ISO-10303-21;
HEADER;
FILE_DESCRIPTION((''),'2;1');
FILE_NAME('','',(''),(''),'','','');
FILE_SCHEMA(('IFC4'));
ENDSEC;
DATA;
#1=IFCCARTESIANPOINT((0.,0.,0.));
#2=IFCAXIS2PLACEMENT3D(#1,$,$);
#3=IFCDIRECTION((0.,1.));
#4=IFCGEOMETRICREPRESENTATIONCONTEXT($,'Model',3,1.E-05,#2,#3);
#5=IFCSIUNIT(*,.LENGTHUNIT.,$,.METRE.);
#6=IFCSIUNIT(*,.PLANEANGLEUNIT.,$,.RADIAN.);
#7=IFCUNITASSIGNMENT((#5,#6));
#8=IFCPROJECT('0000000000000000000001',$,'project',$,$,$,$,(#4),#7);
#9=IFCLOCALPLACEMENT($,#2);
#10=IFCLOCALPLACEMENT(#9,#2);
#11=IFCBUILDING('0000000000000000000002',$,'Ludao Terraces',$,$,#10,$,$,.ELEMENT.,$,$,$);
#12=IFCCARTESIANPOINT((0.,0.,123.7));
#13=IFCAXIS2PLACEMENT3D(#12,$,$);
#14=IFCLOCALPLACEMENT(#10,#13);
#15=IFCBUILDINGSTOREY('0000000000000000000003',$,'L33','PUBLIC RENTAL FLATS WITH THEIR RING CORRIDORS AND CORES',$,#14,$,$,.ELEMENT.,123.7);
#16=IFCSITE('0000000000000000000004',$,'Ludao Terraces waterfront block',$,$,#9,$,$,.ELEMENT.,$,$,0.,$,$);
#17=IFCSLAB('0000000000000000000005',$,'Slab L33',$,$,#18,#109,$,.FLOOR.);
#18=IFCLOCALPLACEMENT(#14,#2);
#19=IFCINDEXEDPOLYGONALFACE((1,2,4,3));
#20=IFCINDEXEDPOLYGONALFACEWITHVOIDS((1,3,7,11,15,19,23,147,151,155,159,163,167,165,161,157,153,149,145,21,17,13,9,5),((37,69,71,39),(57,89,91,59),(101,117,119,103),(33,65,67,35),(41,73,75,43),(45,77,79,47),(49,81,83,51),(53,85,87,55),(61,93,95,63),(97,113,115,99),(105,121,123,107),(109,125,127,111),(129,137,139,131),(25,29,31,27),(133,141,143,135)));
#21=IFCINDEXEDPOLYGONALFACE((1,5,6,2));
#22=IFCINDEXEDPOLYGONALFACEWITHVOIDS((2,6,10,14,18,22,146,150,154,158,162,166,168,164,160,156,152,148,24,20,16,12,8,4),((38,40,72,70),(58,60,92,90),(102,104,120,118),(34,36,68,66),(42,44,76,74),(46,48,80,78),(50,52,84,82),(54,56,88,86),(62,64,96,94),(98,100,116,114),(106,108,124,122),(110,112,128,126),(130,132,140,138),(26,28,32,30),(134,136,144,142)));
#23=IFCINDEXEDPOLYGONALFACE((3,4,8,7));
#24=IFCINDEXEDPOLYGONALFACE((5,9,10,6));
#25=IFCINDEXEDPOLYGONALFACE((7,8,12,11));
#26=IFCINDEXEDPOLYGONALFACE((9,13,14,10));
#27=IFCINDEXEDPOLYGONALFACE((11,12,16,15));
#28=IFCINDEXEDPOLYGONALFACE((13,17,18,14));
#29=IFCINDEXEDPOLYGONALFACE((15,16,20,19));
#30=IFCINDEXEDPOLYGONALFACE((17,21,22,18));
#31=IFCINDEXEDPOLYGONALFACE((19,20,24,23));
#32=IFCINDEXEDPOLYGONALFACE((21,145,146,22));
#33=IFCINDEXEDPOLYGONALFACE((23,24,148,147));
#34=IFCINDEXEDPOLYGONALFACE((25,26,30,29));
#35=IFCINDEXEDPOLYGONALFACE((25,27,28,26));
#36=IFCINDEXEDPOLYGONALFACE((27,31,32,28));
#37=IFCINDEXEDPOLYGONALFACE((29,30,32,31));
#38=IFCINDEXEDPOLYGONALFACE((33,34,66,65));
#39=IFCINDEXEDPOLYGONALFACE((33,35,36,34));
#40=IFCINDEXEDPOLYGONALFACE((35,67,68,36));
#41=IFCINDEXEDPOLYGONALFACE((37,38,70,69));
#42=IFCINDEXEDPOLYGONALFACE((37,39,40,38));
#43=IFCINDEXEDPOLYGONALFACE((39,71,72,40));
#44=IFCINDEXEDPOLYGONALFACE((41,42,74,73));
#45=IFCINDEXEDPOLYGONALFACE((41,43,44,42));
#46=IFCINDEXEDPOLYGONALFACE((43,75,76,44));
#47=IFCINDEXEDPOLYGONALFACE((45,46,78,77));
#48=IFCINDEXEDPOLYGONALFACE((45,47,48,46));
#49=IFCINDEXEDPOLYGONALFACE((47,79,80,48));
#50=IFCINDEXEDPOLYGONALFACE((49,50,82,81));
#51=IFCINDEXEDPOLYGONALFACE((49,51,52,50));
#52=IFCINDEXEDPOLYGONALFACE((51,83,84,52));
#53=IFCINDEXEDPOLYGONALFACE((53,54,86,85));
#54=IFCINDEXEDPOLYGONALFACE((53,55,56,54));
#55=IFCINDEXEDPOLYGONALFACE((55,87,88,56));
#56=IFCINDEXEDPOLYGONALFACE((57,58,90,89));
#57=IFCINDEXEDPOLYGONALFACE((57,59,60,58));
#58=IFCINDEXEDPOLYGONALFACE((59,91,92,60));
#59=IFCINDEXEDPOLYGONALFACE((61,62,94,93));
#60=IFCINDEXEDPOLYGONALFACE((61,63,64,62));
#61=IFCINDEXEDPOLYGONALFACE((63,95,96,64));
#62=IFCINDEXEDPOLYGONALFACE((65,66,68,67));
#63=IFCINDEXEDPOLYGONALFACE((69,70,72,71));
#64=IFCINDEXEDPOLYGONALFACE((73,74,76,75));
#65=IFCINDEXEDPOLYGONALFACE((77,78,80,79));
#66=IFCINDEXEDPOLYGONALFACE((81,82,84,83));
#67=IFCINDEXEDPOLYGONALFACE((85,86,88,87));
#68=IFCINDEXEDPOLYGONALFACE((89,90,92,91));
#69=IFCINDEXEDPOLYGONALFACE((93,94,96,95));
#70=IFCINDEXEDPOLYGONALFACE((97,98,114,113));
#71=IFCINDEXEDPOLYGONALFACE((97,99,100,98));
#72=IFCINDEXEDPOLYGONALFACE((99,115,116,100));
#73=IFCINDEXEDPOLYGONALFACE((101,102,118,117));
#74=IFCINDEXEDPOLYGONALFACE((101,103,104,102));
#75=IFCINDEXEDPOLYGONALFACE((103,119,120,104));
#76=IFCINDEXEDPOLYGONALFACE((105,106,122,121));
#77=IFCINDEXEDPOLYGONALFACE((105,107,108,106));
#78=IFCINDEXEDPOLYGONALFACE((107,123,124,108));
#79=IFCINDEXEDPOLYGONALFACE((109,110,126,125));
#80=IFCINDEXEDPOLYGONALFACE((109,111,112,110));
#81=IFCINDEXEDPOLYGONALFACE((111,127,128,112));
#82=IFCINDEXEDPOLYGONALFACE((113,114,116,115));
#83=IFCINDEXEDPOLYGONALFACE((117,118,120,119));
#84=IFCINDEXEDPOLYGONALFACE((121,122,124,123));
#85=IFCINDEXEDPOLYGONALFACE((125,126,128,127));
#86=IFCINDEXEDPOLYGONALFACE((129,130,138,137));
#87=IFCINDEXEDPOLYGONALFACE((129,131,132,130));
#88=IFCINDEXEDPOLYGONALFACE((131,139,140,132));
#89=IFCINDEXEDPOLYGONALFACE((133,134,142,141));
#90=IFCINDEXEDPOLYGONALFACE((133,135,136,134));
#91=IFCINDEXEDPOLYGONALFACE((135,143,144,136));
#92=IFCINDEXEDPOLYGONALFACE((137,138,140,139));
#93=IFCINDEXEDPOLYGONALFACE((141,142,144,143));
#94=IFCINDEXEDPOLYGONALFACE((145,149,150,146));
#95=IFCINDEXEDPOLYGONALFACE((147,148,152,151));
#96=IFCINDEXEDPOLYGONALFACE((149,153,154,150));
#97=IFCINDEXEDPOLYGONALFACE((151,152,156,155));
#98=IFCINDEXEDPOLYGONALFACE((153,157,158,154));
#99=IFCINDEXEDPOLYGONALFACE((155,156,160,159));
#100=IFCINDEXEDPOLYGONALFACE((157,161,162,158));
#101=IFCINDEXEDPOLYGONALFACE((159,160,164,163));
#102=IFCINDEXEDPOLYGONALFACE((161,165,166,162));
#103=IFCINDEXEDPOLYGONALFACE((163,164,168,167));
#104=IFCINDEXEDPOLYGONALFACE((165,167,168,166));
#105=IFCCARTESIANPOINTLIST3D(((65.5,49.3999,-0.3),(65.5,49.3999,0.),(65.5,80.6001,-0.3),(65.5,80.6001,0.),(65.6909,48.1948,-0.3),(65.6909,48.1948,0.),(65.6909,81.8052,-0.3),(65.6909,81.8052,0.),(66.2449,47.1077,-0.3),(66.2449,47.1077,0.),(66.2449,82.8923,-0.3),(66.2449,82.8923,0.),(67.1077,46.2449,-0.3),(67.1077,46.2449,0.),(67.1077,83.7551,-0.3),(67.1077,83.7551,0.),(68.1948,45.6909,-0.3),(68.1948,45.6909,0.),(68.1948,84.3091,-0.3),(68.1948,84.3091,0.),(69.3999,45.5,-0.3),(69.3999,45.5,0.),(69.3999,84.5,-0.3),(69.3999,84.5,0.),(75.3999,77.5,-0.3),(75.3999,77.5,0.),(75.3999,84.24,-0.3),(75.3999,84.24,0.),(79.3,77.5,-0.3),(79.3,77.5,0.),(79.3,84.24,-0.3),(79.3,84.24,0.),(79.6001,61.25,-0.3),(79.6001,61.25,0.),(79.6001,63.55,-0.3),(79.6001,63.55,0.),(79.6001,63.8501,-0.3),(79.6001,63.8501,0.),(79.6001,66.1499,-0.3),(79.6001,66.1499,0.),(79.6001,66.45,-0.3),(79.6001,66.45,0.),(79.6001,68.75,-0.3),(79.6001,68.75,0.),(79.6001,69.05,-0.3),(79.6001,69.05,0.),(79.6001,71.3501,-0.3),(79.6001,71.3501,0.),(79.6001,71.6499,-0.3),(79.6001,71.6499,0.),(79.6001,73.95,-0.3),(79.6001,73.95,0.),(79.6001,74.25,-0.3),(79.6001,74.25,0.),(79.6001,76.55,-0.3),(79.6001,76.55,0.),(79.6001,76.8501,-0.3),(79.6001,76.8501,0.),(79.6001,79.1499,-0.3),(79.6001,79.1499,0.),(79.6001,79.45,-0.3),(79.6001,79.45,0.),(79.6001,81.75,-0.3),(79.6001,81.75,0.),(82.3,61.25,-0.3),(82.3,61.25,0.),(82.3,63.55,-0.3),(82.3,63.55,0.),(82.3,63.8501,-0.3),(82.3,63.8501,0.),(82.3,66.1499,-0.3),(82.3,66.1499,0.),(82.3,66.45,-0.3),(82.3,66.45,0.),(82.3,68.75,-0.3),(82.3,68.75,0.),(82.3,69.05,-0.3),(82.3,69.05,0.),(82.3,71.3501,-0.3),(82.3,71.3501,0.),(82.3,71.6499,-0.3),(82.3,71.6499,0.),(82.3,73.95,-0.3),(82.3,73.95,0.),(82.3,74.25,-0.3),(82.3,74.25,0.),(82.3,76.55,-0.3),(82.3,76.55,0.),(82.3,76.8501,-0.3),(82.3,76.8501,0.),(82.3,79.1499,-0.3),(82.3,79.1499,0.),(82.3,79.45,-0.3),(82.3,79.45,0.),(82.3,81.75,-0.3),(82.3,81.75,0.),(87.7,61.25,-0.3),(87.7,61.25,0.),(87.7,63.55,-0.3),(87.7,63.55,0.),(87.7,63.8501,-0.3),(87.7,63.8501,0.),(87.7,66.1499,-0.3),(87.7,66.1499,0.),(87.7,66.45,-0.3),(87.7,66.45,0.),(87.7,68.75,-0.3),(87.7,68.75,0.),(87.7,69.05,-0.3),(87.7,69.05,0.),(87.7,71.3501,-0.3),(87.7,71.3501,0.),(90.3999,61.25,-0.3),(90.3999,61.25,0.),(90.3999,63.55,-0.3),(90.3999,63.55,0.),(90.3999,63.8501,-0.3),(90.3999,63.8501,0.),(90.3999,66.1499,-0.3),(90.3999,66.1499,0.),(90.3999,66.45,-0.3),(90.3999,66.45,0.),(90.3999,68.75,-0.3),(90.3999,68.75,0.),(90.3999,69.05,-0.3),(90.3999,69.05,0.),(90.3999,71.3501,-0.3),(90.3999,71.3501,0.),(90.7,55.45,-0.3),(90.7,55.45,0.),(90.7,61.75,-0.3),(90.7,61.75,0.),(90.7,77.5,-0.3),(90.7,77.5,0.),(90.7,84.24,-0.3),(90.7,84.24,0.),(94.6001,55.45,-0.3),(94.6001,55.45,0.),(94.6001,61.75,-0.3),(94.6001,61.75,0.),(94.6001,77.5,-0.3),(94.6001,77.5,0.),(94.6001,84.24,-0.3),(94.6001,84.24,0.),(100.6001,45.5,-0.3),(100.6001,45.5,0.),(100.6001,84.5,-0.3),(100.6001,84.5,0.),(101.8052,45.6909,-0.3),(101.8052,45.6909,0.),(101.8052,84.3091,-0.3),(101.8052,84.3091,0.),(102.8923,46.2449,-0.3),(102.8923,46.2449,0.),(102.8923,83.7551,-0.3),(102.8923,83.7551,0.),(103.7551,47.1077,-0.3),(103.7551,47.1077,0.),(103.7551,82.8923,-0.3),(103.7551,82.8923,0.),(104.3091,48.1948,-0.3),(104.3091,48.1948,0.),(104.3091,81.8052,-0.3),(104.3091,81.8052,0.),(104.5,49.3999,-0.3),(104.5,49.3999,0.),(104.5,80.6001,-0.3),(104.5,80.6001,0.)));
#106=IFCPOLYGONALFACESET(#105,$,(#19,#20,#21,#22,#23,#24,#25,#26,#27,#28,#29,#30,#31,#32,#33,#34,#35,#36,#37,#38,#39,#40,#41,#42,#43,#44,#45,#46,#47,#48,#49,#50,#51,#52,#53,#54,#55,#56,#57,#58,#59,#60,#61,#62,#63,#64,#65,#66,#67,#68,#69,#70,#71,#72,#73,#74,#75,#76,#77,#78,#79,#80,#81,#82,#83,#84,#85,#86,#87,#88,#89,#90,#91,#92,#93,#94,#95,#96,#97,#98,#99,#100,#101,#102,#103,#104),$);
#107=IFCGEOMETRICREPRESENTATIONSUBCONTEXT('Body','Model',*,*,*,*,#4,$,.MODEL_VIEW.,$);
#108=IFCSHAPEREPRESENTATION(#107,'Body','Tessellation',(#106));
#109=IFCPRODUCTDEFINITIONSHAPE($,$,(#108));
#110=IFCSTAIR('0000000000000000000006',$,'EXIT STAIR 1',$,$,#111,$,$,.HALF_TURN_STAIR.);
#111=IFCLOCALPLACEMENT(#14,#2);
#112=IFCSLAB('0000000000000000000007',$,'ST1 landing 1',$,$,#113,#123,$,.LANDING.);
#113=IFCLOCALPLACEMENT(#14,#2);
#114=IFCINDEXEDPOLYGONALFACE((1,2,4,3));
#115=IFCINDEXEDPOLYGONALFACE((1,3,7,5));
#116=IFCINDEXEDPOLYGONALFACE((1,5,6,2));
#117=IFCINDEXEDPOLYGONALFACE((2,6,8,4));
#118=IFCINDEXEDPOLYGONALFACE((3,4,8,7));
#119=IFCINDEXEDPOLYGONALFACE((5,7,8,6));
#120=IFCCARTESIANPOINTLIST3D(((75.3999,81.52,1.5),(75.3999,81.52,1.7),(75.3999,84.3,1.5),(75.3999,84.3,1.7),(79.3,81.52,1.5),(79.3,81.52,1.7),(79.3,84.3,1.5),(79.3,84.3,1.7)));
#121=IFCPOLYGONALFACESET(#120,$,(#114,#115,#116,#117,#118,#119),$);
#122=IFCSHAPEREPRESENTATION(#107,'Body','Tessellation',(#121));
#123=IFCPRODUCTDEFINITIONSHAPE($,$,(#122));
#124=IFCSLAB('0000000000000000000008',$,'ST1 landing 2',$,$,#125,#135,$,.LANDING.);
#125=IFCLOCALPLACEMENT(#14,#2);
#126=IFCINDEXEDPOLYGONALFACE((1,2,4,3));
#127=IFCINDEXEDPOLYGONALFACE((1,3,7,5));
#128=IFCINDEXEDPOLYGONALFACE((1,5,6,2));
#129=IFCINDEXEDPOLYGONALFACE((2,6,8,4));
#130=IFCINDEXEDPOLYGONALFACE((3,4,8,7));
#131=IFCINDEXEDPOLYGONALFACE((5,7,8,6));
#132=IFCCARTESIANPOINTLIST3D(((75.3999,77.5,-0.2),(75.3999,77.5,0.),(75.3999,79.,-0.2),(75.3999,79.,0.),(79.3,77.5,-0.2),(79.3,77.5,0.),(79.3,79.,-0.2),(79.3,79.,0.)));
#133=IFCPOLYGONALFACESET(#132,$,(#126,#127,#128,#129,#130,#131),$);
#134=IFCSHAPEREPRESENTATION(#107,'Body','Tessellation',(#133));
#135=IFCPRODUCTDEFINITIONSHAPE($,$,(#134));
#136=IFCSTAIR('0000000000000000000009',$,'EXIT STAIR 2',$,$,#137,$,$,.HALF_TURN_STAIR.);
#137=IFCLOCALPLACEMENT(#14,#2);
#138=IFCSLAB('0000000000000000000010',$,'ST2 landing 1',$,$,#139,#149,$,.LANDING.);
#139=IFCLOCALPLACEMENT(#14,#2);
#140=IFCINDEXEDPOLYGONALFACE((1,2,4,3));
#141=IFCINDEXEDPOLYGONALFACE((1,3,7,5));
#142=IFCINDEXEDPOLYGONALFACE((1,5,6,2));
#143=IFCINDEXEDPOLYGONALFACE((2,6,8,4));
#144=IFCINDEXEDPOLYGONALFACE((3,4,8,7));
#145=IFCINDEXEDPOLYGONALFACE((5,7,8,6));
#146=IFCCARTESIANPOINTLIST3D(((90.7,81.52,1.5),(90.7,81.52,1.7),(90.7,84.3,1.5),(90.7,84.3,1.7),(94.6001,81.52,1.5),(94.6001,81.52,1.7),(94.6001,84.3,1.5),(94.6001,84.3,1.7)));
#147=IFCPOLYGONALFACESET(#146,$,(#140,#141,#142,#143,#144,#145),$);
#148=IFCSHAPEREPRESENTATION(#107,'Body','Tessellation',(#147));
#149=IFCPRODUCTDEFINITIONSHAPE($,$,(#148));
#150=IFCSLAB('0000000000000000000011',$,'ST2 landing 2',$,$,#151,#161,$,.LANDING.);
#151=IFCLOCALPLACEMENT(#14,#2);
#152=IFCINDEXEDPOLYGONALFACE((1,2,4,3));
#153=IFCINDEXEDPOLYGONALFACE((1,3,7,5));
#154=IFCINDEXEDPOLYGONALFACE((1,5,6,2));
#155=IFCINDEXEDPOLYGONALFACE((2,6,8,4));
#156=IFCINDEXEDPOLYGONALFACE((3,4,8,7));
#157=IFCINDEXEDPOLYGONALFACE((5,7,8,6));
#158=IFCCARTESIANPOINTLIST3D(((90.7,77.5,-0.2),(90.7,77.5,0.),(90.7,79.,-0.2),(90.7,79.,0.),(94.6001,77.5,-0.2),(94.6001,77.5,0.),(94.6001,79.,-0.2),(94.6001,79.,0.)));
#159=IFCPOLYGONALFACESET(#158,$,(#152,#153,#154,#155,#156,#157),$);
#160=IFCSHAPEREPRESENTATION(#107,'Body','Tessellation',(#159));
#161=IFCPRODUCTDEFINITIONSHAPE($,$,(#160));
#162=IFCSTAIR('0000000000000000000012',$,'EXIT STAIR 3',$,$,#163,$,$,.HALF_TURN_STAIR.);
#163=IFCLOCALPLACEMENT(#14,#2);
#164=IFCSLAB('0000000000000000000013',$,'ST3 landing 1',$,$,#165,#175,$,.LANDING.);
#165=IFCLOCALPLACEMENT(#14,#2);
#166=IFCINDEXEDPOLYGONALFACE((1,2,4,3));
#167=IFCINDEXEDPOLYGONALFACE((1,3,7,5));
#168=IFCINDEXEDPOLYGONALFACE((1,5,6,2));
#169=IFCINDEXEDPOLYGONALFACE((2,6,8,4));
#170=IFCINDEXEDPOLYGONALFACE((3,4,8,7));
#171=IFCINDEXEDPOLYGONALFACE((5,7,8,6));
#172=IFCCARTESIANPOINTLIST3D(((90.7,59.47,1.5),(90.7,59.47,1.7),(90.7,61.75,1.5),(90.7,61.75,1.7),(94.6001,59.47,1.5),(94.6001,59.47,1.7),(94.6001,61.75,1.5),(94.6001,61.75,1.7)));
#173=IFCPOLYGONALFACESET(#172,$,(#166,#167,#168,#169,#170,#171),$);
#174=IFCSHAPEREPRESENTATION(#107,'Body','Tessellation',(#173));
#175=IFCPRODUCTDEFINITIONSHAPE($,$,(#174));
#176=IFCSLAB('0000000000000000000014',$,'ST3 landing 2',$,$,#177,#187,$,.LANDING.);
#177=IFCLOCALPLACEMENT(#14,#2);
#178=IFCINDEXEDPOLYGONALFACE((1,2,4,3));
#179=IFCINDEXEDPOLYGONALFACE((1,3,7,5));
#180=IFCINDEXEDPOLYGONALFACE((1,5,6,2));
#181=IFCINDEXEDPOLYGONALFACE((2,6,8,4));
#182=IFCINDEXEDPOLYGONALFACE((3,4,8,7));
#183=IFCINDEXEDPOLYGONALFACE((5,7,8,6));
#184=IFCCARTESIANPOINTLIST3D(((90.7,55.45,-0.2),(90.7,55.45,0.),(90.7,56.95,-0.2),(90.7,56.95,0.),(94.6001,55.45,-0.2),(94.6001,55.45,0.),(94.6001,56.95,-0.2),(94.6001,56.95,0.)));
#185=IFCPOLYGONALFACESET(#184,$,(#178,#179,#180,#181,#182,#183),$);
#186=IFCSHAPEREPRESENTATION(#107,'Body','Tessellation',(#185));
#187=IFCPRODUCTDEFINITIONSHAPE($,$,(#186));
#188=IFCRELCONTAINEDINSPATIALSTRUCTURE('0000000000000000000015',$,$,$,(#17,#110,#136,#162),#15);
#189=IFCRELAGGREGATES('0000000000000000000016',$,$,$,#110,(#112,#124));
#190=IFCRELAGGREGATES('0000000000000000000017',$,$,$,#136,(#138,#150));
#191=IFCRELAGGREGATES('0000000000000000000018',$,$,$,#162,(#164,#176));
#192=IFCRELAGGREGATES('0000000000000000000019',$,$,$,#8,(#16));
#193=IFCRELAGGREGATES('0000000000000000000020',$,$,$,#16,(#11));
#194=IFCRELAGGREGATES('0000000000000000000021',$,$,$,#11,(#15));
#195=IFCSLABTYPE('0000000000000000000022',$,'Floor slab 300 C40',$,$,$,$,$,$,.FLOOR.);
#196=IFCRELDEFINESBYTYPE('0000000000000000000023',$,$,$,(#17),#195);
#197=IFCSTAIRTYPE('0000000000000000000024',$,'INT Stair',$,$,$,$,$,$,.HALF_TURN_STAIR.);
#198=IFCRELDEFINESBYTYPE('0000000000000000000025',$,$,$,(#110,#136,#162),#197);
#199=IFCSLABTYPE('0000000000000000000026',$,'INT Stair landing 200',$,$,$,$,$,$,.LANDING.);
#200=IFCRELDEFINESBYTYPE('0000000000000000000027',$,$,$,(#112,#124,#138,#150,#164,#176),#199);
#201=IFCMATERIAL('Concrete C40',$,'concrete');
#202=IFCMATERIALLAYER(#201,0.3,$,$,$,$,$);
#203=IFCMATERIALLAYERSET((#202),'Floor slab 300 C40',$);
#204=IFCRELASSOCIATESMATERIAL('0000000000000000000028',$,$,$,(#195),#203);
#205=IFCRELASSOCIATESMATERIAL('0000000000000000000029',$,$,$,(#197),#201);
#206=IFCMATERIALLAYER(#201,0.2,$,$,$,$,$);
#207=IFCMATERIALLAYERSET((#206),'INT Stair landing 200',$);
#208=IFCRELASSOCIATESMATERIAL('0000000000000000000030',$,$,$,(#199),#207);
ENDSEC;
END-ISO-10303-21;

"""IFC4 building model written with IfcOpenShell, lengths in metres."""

from ifc_helpers import new_model, si_unit, direction, frame, origin, place, context, subcontext, project, spatial, polyline, outline, extrude, material, layer, layer_set, type_object, element, aggregate, save


model = new_model("IFC4")

# Units and contexts
model_context = context("Model", 3, precision=1e-05, world=origin(), true_north=direction((0.0, 1.0)))
body_context = subcontext(model_context, "Body", "Model", "MODEL_VIEW")
ifc_project = project(units=[si_unit("LENGTHUNIT", "METRE"), si_unit("PLANEANGLEUNIT", "RADIAN")], contexts=[model_context])

# Site, building, storey
site_placement = place(None, origin())
site = spatial("IfcSite", under=ifc_project, at=site_placement, Name="Ludao Terraces waterfront block", CompositionType="ELEMENT", RefElevation=0.0)
building_placement = place(site_placement, origin())
building = spatial("IfcBuilding", under=site, at=building_placement, Name="Ludao Terraces", CompositionType="ELEMENT")
storey_placement = place(building_placement, frame((0.0, 0.0, 123.7)))
storey = spatial("IfcBuildingStorey", under=building, at=storey_placement, Name="L33", Description="PUBLIC RENTAL FLATS WITH THEIR RING CORRIDORS AND CORES", CompositionType="ELEMENT", Elevation=123.7)

# Shared definitions
ifc_material_1 = material(Name="Concrete C40", Category="concrete")

# Slab
ifc_layer_1 = layer(ifc_material_1, 0.3)
ifc_layer_set_1 = layer_set([ifc_layer_1], Name="Floor slab 300 C40")
slab_type_1 = type_object("IfcSlabType", Name="Floor slab 300 C40", PredefinedType="FLOOR", material=ifc_layer_set_1)
slab_1_placement = place(storey_placement, frame((0.0, 0.0, -0.3)))
element("IfcSlab", 1, at=slab_1_placement, inside=storey, type_object=slab_type_1, Name="Slab L33", PredefinedType="FLOOR", context=body_context, shape_type="SweptSolid", body=[
    extrude(outline(polyline([(100.6001, 45.5), (101.8052, 45.6909), (102.8923, 46.2449), (103.7551, 47.1077), (104.3091, 48.1948), (104.5, 49.3999), (104.5, 80.6001), (104.3091, 81.8052), (103.7551, 82.8923), (102.8923, 83.7551), (101.8052, 84.3091), (100.6001, 84.5), (69.3999, 84.5), (68.1948, 84.3091), (67.1077, 83.7551), (66.2449, 82.8923), (65.6909, 81.8052), (65.5, 80.6001), (65.5, 49.3999), (65.6909, 48.1948), (66.2449, 47.1077), (67.1077, 46.2449), (68.1948, 45.6909), (69.3999, 45.5), (100.6001, 45.5)]), holes=[polyline([(79.6001, 61.25), (82.3, 61.25), (82.3, 63.55), (79.6001, 63.55), (79.6001, 61.25)]), polyline([(79.6001, 63.8501), (82.3, 63.8501), (82.3, 66.1499), (79.6001, 66.1499), (79.6001, 63.8501)]), polyline([(79.6001, 66.45), (82.3, 66.45), (82.3, 68.75), (79.6001, 68.75), (79.6001, 66.45)]), polyline([(79.6001, 69.05), (82.3, 69.05), (82.3, 71.3501), (79.6001, 71.3501), (79.6001, 69.05)]), polyline([(79.6001, 71.6499), (82.3, 71.6499), (82.3, 73.95), (79.6001, 73.95), (79.6001, 71.6499)]), polyline([(79.6001, 74.25), (82.3, 74.25), (82.3, 76.55), (79.6001, 76.55), (79.6001, 74.25)]), polyline([(79.6001, 76.8501), (82.3, 76.8501), (82.3, 79.1499), (79.6001, 79.1499), (79.6001, 76.8501)]), polyline([(79.6001, 79.45), (82.3, 79.45), (82.3, 81.75), (79.6001, 81.75), (79.6001, 79.45)]), polyline([(87.7, 61.25), (90.3999, 61.25), (90.3999, 63.55), (87.7, 63.55), (87.7, 61.25)]), polyline([(87.7, 63.8501), (90.3999, 63.8501), (90.3999, 66.1499), (87.7, 66.1499), (87.7, 63.8501)]), polyline([(87.7, 66.45), (90.3999, 66.45), (90.3999, 68.75), (87.7, 68.75), (87.7, 66.45)]), polyline([(87.7, 69.05), (90.3999, 69.05), (90.3999, 71.3501), (87.7, 71.3501), (87.7, 69.05)]), polyline([(75.3999, 77.5), (79.3, 77.5), (79.3, 84.24), (75.3999, 84.24), (75.3999, 77.5)]), polyline([(90.7, 77.5), (94.6001, 77.5), (94.6001, 84.24), (90.7, 84.24), (90.7, 77.5)]), polyline([(90.7, 55.45), (94.6001, 55.45), (94.6001, 61.75), (90.7, 61.75), (90.7, 55.45)])]), origin(), (0.0, 0.0, 1.0), 0.3),
])

# Stairs, slabs
stair_type = type_object("IfcStairType", Name="INT Stair", PredefinedType="HALF_TURN_STAIR", material=ifc_material_1)
stair_1_placement = place(storey_placement, origin())
stair_1 = element("IfcStair", 2, at=stair_1_placement, inside=storey, type_object=stair_type, Name="EXIT STAIR 1", PredefinedType="HALF_TURN_STAIR")
ifc_layer_2 = layer(ifc_material_1, 0.2)
ifc_layer_set_2 = layer_set([ifc_layer_2], Name="INT Stair landing 200")
slab_type_2 = type_object("IfcSlabType", Name="INT Stair landing 200", PredefinedType="LANDING", material=ifc_layer_set_2)
slab_2_placement = place(storey_placement, frame((0.0, 0.0, 1.5)))
slab_2 = element("IfcSlab", 3, at=slab_2_placement, type_object=slab_type_2, Name="ST1 landing 1", PredefinedType="LANDING", context=body_context, shape_type="SweptSolid", body=[
    extrude(outline(polyline([(75.3999, 81.52), (79.3, 81.52), (79.3, 84.3), (75.3999, 84.3), (75.3999, 81.52)])), origin(), (0.0, 0.0, 1.0), 0.2),
])
slab_3_placement = place(storey_placement, frame((0.0, 0.0, -0.2)))
slab_3 = element("IfcSlab", 4, at=slab_3_placement, type_object=slab_type_2, Name="ST1 landing 2", PredefinedType="LANDING", context=body_context, shape_type="SweptSolid", body=[
    extrude(outline(polyline([(75.3999, 77.5), (79.3, 77.5), (79.3, 79.0), (75.3999, 79.0), (75.3999, 77.5)])), origin(), (0.0, 0.0, 1.0), 0.2),
])
aggregate(stair_1, [slab_2, slab_3])
stair_2_placement = place(storey_placement, origin())
stair_2 = element("IfcStair", 5, at=stair_2_placement, inside=storey, type_object=stair_type, Name="EXIT STAIR 2", PredefinedType="HALF_TURN_STAIR")
slab_4_placement = place(storey_placement, frame((0.0, 0.0, 1.5)))
slab_4 = element("IfcSlab", 6, at=slab_4_placement, type_object=slab_type_2, Name="ST2 landing 1", PredefinedType="LANDING", context=body_context, shape_type="SweptSolid", body=[
    extrude(outline(polyline([(90.7, 81.52), (94.6001, 81.52), (94.6001, 84.3), (90.7, 84.3), (90.7, 81.52)])), origin(), (0.0, 0.0, 1.0), 0.2),
])
slab_5_placement = place(storey_placement, frame((0.0, 0.0, -0.2)))
slab_5 = element("IfcSlab", 7, at=slab_5_placement, type_object=slab_type_2, Name="ST2 landing 2", PredefinedType="LANDING", context=body_context, shape_type="SweptSolid", body=[
    extrude(outline(polyline([(90.7, 77.5), (94.6001, 77.5), (94.6001, 79.0), (90.7, 79.0), (90.7, 77.5)])), origin(), (0.0, 0.0, 1.0), 0.2),
])
aggregate(stair_2, [slab_4, slab_5])
stair_3_placement = place(storey_placement, origin())
stair_3 = element("IfcStair", 8, at=stair_3_placement, inside=storey, type_object=stair_type, Name="EXIT STAIR 3", PredefinedType="HALF_TURN_STAIR")
slab_6_placement = place(storey_placement, frame((0.0, 0.0, 1.5)))
slab_6 = element("IfcSlab", 9, at=slab_6_placement, type_object=slab_type_2, Name="ST3 landing 1", PredefinedType="LANDING", context=body_context, shape_type="SweptSolid", body=[
    extrude(outline(polyline([(90.7, 59.47), (94.6001, 59.47), (94.6001, 61.75), (90.7, 61.75), (90.7, 59.47)])), origin(), (0.0, 0.0, 1.0), 0.2),
])
slab_7_placement = place(storey_placement, frame((0.0, 0.0, -0.2)))
slab_7 = element("IfcSlab", 10, at=slab_7_placement, type_object=slab_type_2, Name="ST3 landing 2", PredefinedType="LANDING", context=body_context, shape_type="SweptSolid", body=[
    extrude(outline(polyline([(90.7, 55.45), (94.6001, 55.45), (94.6001, 56.95), (90.7, 56.95), (90.7, 55.45)])), origin(), (0.0, 0.0, 1.0), 0.2),
])
aggregate(stair_3, [slab_6, slab_7])

save(model, "model.ifc")
